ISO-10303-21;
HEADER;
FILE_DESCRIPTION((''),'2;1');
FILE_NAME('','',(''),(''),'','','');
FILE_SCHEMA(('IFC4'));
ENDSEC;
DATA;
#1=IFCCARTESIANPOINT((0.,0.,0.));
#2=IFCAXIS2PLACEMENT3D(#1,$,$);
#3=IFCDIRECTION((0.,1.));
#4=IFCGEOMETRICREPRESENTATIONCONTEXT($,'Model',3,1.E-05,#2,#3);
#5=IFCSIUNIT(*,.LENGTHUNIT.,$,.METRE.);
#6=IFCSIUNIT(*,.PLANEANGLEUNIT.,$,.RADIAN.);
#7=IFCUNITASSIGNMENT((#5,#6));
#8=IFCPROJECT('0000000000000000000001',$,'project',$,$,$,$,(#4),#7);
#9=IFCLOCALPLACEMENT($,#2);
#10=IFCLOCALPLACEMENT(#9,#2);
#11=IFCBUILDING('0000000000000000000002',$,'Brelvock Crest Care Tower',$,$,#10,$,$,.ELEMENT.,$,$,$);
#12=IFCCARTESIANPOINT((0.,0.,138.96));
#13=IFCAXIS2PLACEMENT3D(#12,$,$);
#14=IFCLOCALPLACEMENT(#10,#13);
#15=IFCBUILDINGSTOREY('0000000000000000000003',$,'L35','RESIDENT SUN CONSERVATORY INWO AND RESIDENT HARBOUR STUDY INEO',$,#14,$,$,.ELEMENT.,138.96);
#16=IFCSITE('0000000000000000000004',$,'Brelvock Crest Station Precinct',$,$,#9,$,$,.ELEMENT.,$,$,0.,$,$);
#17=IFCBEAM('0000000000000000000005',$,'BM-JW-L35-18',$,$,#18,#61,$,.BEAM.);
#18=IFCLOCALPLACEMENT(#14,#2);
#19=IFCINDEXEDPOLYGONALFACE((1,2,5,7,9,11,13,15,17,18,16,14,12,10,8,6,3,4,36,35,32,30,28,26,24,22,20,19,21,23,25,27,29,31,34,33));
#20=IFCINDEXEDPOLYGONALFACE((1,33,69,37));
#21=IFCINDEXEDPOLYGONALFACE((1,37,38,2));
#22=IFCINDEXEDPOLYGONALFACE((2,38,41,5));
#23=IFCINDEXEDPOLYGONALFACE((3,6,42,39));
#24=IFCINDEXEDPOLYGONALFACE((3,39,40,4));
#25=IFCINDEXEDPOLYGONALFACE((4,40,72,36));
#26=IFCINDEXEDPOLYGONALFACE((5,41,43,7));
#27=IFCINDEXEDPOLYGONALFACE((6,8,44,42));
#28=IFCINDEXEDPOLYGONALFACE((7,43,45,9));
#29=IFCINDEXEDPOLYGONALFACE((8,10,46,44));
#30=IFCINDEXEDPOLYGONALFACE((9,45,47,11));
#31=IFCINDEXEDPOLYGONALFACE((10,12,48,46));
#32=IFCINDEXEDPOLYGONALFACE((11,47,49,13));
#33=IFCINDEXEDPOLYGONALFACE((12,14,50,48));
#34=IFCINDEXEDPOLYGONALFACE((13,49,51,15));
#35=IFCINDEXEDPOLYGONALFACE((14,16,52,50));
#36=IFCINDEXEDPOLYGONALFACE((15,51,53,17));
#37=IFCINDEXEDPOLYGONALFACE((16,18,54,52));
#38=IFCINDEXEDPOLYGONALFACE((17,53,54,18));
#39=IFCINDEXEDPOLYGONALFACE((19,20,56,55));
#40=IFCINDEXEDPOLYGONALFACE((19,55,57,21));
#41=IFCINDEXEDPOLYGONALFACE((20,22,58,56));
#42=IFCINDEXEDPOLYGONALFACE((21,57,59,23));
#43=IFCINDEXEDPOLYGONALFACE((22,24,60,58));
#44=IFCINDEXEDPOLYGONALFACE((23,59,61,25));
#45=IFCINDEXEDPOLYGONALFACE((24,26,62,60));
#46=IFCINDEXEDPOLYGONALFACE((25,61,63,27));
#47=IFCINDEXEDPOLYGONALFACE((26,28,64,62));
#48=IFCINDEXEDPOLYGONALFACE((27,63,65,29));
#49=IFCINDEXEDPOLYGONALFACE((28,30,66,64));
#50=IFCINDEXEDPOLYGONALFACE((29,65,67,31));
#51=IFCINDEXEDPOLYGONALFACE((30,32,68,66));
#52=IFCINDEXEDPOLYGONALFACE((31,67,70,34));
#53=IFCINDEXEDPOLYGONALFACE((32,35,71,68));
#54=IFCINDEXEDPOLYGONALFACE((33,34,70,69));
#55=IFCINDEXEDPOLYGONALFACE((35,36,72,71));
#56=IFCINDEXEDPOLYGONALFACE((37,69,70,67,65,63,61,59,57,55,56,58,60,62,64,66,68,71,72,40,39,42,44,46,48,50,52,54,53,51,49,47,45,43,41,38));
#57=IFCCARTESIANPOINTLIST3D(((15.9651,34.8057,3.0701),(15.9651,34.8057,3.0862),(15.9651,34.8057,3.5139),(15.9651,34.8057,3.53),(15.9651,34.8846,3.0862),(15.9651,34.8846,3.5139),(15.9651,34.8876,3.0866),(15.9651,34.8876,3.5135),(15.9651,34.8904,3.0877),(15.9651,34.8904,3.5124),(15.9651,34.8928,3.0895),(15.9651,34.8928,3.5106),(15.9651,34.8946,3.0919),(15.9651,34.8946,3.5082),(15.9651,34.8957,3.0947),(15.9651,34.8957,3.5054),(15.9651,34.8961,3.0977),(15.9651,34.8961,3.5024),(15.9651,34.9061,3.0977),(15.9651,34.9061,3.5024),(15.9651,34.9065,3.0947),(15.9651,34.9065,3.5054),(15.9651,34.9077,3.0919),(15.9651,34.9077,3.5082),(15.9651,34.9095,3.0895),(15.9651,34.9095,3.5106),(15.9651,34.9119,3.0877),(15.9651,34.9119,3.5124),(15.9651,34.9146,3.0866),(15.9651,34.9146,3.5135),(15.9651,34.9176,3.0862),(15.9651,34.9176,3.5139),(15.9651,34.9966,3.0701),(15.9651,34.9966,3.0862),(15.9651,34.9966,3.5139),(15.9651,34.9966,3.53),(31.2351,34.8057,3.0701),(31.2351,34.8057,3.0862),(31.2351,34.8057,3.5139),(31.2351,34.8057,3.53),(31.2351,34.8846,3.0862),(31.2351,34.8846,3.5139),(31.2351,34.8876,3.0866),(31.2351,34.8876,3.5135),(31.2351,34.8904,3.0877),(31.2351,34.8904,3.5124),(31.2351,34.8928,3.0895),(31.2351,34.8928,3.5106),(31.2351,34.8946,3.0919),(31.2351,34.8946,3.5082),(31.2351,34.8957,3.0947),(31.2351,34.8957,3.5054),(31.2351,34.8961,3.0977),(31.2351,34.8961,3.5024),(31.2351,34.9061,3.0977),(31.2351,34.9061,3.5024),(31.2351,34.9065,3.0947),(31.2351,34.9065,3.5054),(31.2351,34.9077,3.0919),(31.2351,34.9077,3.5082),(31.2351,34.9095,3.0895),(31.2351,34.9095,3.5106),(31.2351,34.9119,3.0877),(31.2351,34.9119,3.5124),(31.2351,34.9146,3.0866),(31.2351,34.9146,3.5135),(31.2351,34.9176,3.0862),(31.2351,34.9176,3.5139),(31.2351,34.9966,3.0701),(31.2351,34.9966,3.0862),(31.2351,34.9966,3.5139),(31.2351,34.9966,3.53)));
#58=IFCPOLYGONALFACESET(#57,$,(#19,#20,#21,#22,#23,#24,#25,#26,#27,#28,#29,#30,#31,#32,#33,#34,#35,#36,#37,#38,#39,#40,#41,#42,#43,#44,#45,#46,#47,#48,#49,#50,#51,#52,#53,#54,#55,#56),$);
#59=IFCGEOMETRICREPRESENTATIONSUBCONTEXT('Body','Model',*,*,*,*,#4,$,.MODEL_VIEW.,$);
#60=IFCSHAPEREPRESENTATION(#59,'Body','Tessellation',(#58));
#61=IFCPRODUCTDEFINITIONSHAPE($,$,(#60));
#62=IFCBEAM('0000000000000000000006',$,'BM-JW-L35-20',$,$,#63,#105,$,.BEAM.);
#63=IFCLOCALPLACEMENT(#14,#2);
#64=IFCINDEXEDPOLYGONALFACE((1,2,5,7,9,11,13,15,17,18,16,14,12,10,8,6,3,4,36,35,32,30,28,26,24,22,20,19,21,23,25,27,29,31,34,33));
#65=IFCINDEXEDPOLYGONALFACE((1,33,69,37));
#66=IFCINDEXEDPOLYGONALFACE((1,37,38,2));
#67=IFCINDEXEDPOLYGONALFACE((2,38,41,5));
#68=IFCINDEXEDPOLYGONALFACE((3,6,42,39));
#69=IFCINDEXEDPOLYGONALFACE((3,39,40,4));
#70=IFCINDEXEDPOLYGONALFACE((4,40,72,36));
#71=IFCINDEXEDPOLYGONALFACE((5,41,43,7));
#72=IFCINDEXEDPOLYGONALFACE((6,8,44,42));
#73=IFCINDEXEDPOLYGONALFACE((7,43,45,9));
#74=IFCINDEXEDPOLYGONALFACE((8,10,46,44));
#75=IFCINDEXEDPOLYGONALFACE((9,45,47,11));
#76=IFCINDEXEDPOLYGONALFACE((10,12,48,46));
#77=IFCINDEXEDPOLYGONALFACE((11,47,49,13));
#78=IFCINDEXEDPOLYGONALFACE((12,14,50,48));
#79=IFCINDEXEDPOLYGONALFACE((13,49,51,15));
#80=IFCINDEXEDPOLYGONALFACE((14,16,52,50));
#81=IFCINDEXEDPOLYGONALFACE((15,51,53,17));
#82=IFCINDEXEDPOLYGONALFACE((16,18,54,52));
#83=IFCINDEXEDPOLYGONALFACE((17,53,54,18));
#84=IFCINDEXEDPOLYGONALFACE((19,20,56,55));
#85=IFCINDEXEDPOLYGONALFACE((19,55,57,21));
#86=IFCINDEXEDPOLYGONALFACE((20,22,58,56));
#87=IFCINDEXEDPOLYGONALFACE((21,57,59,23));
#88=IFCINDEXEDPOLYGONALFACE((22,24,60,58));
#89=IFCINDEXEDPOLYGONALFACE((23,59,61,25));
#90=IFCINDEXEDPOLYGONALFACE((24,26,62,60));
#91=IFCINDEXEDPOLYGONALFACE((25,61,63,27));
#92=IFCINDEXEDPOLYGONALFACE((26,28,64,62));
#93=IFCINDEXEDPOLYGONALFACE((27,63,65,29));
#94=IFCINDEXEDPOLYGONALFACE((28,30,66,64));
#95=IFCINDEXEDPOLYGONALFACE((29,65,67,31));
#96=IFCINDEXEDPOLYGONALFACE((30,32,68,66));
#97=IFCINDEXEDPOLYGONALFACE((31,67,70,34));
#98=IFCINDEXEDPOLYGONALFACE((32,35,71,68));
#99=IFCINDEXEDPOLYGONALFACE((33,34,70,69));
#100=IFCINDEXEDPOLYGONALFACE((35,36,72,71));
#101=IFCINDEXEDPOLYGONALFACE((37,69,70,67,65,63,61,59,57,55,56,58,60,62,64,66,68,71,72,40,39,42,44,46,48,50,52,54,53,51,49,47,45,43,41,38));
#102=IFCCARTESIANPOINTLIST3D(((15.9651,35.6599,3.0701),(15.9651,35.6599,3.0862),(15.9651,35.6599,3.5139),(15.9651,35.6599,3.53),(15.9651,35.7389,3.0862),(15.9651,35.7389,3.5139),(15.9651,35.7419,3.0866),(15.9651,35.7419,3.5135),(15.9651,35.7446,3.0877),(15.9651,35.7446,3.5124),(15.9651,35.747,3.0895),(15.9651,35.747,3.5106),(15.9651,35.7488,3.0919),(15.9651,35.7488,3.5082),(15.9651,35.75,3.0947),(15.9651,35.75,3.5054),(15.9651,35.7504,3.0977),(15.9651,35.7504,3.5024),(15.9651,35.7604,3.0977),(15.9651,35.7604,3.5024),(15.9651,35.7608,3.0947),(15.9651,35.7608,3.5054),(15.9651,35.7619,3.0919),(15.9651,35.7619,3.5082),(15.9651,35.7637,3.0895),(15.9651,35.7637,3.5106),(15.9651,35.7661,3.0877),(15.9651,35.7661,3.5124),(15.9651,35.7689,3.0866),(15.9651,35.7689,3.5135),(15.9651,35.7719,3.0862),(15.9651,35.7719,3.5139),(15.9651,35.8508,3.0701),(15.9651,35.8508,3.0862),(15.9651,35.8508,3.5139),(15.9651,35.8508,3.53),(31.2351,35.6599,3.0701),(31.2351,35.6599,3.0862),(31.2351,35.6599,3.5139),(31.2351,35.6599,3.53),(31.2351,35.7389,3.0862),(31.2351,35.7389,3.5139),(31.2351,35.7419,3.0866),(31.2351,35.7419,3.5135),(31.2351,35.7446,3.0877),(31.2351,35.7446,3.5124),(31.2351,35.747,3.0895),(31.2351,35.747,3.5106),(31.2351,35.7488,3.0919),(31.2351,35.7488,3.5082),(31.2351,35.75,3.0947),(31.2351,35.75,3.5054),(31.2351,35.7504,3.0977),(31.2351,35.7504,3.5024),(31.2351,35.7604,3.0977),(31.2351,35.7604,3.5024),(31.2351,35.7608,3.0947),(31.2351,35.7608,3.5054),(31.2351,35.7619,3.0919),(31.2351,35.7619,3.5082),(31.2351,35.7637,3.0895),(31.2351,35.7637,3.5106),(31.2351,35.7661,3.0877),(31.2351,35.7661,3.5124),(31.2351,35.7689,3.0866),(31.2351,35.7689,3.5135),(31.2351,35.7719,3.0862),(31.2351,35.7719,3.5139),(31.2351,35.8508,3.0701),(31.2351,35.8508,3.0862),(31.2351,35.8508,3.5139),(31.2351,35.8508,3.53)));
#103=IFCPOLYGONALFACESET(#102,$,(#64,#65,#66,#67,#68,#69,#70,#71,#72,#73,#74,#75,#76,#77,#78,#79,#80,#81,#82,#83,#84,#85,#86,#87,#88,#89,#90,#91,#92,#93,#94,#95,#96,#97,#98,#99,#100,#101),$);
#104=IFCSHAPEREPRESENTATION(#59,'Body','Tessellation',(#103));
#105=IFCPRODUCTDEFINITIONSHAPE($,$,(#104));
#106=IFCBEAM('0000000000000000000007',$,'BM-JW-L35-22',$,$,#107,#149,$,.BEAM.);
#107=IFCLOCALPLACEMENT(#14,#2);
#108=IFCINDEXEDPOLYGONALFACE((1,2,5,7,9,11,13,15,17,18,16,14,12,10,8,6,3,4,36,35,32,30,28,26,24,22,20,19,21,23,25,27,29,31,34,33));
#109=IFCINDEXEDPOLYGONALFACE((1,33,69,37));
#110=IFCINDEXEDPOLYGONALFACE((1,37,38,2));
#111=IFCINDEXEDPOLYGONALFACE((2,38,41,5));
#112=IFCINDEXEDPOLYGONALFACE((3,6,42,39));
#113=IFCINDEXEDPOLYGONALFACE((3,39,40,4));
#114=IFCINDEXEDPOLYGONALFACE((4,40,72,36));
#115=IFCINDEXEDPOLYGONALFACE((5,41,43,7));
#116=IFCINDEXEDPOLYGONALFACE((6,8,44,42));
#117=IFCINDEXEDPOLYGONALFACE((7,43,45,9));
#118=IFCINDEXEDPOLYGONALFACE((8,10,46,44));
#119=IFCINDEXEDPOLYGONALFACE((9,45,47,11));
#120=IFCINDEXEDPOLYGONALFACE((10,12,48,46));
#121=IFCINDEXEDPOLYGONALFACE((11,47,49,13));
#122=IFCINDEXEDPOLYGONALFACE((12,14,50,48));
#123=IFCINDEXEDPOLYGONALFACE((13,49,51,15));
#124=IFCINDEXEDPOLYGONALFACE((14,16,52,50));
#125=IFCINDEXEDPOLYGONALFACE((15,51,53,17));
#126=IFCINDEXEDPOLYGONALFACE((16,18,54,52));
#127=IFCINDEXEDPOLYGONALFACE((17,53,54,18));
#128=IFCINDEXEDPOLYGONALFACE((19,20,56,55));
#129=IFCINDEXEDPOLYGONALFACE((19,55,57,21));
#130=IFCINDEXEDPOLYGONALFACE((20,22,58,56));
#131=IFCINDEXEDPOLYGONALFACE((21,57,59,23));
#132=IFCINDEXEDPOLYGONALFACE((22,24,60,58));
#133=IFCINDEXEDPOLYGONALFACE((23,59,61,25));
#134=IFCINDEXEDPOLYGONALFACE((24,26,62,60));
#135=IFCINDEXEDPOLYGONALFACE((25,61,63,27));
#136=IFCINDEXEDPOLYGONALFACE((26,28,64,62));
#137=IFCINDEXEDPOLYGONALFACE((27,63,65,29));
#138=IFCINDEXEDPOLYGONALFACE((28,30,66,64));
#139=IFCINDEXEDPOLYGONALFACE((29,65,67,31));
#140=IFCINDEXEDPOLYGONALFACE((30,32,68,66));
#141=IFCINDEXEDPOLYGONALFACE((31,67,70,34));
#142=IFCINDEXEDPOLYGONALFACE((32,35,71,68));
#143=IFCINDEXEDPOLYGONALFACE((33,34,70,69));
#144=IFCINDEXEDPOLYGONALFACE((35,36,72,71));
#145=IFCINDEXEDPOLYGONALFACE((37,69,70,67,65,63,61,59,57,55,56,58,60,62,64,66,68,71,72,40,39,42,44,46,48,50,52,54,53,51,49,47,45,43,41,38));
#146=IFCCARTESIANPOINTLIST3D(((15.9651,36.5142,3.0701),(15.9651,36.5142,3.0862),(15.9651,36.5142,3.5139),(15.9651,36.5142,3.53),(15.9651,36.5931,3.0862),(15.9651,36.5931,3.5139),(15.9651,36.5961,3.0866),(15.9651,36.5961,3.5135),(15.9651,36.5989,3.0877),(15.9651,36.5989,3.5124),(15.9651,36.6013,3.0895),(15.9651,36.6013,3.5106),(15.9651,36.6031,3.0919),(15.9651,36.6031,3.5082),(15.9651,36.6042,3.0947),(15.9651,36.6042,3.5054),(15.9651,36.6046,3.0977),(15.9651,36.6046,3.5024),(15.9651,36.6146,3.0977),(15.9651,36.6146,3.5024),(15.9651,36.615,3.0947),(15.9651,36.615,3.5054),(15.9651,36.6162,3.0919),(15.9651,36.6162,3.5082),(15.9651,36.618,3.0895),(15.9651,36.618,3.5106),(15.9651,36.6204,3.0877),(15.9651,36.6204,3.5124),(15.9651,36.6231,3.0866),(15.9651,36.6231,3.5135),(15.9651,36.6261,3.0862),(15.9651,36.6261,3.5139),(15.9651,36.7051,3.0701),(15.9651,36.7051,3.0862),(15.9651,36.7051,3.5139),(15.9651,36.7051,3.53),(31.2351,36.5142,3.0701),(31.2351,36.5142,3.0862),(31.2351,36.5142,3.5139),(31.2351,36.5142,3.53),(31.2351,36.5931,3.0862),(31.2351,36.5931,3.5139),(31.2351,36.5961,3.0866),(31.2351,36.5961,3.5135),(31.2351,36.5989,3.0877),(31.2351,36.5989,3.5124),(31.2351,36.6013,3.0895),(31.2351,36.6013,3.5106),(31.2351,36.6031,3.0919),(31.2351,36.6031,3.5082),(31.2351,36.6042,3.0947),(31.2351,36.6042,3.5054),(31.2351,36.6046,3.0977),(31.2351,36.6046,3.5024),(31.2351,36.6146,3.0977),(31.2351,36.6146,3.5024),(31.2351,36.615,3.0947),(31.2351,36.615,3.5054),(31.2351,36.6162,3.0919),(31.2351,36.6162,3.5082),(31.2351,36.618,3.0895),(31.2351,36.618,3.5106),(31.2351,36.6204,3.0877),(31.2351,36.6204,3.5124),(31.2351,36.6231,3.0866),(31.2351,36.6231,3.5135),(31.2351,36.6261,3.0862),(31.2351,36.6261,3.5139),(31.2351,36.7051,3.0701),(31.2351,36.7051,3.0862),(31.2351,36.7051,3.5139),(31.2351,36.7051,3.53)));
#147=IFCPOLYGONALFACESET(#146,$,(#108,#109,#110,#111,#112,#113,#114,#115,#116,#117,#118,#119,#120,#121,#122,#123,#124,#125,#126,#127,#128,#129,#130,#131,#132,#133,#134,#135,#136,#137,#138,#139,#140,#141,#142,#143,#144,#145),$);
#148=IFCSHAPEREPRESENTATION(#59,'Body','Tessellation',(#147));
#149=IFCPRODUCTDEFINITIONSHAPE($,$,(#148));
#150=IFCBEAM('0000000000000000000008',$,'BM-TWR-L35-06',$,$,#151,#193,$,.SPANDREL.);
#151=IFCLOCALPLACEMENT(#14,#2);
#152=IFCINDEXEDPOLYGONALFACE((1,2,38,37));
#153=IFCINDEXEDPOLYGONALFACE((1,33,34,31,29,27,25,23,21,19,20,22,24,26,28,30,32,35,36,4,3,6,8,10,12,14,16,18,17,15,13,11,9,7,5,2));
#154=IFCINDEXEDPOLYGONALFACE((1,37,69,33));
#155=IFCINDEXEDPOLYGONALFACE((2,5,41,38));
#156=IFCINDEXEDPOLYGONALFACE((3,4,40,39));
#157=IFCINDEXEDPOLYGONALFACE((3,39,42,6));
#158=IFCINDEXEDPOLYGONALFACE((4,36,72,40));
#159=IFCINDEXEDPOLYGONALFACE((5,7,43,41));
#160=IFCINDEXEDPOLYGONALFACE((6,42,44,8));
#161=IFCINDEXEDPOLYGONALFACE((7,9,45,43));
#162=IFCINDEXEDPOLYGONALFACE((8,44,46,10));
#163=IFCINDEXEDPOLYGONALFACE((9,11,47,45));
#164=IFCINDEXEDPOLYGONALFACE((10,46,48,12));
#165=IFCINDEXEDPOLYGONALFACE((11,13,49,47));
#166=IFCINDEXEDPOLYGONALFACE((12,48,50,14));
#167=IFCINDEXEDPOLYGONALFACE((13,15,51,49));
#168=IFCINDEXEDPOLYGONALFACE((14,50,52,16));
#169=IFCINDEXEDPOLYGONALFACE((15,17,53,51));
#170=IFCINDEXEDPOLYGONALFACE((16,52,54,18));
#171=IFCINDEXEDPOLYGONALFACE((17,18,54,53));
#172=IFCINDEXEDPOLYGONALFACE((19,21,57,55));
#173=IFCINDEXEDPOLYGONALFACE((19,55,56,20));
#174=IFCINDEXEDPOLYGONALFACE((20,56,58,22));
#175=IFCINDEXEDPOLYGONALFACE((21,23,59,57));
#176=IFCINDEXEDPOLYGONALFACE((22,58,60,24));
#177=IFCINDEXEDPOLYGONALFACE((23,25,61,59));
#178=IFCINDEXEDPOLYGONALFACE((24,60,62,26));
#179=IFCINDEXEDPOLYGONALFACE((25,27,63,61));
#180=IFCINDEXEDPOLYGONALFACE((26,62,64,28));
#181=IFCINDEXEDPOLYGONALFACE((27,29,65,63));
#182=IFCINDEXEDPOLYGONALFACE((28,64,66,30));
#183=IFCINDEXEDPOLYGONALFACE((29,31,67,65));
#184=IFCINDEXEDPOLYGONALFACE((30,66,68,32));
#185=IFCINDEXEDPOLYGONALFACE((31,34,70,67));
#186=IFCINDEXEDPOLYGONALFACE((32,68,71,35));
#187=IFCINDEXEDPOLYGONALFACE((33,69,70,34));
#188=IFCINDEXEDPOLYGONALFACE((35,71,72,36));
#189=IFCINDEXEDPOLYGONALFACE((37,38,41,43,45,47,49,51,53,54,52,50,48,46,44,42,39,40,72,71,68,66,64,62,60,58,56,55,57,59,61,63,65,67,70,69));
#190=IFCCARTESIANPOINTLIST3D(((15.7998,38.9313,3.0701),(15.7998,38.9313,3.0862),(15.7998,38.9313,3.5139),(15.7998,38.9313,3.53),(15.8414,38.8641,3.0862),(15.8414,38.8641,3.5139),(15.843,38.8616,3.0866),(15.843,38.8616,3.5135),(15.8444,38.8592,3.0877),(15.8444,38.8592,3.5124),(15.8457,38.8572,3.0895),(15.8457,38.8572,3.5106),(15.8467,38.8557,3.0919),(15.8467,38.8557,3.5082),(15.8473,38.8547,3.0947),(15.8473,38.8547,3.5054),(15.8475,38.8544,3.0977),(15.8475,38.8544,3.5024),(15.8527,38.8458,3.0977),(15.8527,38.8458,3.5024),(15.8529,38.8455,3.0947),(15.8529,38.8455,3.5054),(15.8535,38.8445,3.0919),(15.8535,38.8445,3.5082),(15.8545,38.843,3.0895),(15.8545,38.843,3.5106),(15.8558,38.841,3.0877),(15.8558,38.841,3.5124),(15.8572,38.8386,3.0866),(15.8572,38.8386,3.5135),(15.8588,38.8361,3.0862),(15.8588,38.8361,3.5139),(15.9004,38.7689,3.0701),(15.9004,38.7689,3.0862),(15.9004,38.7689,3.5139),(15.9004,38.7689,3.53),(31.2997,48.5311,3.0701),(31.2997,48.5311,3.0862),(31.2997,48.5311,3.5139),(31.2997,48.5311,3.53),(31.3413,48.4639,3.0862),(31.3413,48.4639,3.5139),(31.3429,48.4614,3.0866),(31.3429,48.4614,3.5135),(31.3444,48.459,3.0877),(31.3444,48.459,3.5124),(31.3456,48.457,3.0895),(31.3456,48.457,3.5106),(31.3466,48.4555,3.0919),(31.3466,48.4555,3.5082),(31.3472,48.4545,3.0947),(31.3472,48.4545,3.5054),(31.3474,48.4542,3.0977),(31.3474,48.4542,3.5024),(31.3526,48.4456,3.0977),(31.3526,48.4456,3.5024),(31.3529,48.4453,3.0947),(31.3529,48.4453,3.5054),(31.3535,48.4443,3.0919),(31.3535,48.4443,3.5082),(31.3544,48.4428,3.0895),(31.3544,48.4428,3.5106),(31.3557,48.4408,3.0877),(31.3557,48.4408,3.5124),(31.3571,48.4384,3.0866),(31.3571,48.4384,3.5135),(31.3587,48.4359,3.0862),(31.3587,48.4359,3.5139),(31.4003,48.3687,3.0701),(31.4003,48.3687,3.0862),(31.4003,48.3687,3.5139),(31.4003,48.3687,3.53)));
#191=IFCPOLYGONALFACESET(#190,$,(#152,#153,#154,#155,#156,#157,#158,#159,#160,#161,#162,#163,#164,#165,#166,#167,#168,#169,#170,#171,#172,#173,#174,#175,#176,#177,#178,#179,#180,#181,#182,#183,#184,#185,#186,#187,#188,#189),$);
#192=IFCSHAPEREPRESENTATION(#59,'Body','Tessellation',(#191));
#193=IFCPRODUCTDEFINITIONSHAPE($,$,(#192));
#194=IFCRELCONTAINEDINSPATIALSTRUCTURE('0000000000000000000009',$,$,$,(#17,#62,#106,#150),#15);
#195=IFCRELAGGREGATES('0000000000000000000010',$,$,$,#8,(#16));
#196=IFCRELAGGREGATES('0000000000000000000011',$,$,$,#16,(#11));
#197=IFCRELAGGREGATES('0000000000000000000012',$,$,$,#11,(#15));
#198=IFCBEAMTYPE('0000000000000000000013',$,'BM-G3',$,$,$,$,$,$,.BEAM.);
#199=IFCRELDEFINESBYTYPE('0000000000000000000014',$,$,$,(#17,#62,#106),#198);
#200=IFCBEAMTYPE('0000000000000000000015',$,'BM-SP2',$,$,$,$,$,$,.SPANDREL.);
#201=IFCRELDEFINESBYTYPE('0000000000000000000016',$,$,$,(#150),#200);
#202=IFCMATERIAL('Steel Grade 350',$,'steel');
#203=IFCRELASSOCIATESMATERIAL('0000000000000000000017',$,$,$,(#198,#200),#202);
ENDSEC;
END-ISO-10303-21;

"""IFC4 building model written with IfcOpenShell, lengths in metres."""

from ifc_helpers import new_model, si_unit, direction, frame, origin, origin_2d, place, context, subcontext, project, spatial, i_section, extrude, source, transform, mapped, material, material_profile, profile_set, type_object, element, save


model = new_model("IFC4")

# Units and contexts
model_context = context("Model", 3, precision=1e-05, world=origin(), true_north=direction((0.0, 1.0)))
body_context = subcontext(model_context, "Body", "Model", "MODEL_VIEW")
ifc_project = project(units=[si_unit("LENGTHUNIT", "METRE"), si_unit("PLANEANGLEUNIT", "RADIAN")], contexts=[model_context])

# Site, building, storey
site_placement = place(None, origin())
site = spatial("IfcSite", under=ifc_project, at=site_placement, Name="Brelvock Crest Station Precinct", CompositionType="ELEMENT", RefElevation=0.0)
building_placement = place(site_placement, origin())
building = spatial("IfcBuilding", under=site, at=building_placement, Name="Brelvock Crest Care Tower", CompositionType="ELEMENT")
storey_placement = place(building_placement, frame((0.0, 0.0, 138.96)))
storey = spatial("IfcBuildingStorey", under=building, at=storey_placement, Name="L35", Description="RESIDENT SUN CONSERVATORY INWO AND RESIDENT HARBOUR STUDY INEO", CompositionType="ELEMENT", Elevation=138.96)

# Shared definitions
ifc_material_1 = material(Name="Steel Grade 350", Category="steel")

# Beams
ifc_material_profile_1 = material_profile(ifc_material_1, i_section(OverallWidth=0.1909, OverallDepth=0.46, WebThickness=0.01, FlangeThickness=0.0161, FilletRadius=0.0115, at=origin_2d()), Name="460UB82.1")
ifc_profile_set_1 = profile_set([ifc_material_profile_1], Name="Steel Grade 350")
beam_type_1 = type_object("IfcBeamType", Name="BM-G3", PredefinedType="BEAM", material=ifc_profile_set_1)
shared_shape_1 = source(origin(), body_context, "Body", "SweptSolid", [
    extrude(i_section(OverallWidth=0.1909, OverallDepth=0.46, WebThickness=0.01, FlangeThickness=0.0161, FilletRadius=0.0115, at=origin_2d()), origin(), (0.0, 0.0, 1.0), 15.27),
])
for number, where, z_axis, x_axis, name in (
    (1, (15.9651, 34.9011, 3.3), (1.0, 0.0, 0.0), (0.0, 1.0, 0.0), "BM-JW-L35-18"),
    (2, (15.9651, 35.7554, 3.3), (1.0, 0.0, 0.0), (0.0, 1.0, 0.0), "BM-JW-L35-20"),
    (3, (15.9651, 36.6096, 3.3), (1.0, 0.0, 0.0), (0.0, 1.0, 0.0), "BM-JW-L35-22"),
):
    element("IfcBeam", number, at=place(storey_placement, frame(where, z_axis=z_axis, x_axis=x_axis)), inside=storey, type_object=beam_type_1, Name=name, PredefinedType="BEAM", context=body_context, shape_type="MappedRepresentation", body=[
        mapped(shared_shape_1, transform((0.0, 0.0, 0.0), x_axis=(1.0, 0.0, 0.0), y_axis=(0.0, 1.0, 0.0), z_axis=(0.0, 0.0, 1.0), scale=1.0)),
    ])
ifc_material_profile_2 = material_profile(ifc_material_1, i_section(OverallWidth=0.1909, OverallDepth=0.46, WebThickness=0.01, FlangeThickness=0.0161, FilletRadius=0.0115, at=origin_2d()), Name="460UB82.1")
ifc_profile_set_2 = profile_set([ifc_material_profile_2], Name="Steel Grade 350")
beam_type_2 = type_object("IfcBeamType", Name="BM-SP2", PredefinedType="SPANDREL", material=ifc_profile_set_2)
shared_shape_2 = source(origin(), body_context, "Body", "SweptSolid", [
    extrude(i_section(OverallWidth=0.1909, OverallDepth=0.46, WebThickness=0.01, FlangeThickness=0.0161, FilletRadius=0.0115, at=origin_2d()), origin(), (0.0, 0.0, 1.0), 18.2319),
])
beam_1_placement = place(storey_placement, frame((15.8501, 38.8501, 3.3), z_axis=(0.850152, 0.526538, 0.0), x_axis=(-0.526538, 0.850152, 0.0)))
element("IfcBeam", 4, at=beam_1_placement, inside=storey, type_object=beam_type_2, Name="BM-TWR-L35-06", PredefinedType="SPANDREL", context=body_context, shape_type="MappedRepresentation", body=[
    mapped(shared_shape_2, transform((0.0, 0.0, 0.0), x_axis=(1.0, 0.0, 0.0), y_axis=(0.0, 1.0, 0.0), z_axis=(0.0, 0.0, 1.0), scale=1.0)),
])

save(model, "model.ifc")
